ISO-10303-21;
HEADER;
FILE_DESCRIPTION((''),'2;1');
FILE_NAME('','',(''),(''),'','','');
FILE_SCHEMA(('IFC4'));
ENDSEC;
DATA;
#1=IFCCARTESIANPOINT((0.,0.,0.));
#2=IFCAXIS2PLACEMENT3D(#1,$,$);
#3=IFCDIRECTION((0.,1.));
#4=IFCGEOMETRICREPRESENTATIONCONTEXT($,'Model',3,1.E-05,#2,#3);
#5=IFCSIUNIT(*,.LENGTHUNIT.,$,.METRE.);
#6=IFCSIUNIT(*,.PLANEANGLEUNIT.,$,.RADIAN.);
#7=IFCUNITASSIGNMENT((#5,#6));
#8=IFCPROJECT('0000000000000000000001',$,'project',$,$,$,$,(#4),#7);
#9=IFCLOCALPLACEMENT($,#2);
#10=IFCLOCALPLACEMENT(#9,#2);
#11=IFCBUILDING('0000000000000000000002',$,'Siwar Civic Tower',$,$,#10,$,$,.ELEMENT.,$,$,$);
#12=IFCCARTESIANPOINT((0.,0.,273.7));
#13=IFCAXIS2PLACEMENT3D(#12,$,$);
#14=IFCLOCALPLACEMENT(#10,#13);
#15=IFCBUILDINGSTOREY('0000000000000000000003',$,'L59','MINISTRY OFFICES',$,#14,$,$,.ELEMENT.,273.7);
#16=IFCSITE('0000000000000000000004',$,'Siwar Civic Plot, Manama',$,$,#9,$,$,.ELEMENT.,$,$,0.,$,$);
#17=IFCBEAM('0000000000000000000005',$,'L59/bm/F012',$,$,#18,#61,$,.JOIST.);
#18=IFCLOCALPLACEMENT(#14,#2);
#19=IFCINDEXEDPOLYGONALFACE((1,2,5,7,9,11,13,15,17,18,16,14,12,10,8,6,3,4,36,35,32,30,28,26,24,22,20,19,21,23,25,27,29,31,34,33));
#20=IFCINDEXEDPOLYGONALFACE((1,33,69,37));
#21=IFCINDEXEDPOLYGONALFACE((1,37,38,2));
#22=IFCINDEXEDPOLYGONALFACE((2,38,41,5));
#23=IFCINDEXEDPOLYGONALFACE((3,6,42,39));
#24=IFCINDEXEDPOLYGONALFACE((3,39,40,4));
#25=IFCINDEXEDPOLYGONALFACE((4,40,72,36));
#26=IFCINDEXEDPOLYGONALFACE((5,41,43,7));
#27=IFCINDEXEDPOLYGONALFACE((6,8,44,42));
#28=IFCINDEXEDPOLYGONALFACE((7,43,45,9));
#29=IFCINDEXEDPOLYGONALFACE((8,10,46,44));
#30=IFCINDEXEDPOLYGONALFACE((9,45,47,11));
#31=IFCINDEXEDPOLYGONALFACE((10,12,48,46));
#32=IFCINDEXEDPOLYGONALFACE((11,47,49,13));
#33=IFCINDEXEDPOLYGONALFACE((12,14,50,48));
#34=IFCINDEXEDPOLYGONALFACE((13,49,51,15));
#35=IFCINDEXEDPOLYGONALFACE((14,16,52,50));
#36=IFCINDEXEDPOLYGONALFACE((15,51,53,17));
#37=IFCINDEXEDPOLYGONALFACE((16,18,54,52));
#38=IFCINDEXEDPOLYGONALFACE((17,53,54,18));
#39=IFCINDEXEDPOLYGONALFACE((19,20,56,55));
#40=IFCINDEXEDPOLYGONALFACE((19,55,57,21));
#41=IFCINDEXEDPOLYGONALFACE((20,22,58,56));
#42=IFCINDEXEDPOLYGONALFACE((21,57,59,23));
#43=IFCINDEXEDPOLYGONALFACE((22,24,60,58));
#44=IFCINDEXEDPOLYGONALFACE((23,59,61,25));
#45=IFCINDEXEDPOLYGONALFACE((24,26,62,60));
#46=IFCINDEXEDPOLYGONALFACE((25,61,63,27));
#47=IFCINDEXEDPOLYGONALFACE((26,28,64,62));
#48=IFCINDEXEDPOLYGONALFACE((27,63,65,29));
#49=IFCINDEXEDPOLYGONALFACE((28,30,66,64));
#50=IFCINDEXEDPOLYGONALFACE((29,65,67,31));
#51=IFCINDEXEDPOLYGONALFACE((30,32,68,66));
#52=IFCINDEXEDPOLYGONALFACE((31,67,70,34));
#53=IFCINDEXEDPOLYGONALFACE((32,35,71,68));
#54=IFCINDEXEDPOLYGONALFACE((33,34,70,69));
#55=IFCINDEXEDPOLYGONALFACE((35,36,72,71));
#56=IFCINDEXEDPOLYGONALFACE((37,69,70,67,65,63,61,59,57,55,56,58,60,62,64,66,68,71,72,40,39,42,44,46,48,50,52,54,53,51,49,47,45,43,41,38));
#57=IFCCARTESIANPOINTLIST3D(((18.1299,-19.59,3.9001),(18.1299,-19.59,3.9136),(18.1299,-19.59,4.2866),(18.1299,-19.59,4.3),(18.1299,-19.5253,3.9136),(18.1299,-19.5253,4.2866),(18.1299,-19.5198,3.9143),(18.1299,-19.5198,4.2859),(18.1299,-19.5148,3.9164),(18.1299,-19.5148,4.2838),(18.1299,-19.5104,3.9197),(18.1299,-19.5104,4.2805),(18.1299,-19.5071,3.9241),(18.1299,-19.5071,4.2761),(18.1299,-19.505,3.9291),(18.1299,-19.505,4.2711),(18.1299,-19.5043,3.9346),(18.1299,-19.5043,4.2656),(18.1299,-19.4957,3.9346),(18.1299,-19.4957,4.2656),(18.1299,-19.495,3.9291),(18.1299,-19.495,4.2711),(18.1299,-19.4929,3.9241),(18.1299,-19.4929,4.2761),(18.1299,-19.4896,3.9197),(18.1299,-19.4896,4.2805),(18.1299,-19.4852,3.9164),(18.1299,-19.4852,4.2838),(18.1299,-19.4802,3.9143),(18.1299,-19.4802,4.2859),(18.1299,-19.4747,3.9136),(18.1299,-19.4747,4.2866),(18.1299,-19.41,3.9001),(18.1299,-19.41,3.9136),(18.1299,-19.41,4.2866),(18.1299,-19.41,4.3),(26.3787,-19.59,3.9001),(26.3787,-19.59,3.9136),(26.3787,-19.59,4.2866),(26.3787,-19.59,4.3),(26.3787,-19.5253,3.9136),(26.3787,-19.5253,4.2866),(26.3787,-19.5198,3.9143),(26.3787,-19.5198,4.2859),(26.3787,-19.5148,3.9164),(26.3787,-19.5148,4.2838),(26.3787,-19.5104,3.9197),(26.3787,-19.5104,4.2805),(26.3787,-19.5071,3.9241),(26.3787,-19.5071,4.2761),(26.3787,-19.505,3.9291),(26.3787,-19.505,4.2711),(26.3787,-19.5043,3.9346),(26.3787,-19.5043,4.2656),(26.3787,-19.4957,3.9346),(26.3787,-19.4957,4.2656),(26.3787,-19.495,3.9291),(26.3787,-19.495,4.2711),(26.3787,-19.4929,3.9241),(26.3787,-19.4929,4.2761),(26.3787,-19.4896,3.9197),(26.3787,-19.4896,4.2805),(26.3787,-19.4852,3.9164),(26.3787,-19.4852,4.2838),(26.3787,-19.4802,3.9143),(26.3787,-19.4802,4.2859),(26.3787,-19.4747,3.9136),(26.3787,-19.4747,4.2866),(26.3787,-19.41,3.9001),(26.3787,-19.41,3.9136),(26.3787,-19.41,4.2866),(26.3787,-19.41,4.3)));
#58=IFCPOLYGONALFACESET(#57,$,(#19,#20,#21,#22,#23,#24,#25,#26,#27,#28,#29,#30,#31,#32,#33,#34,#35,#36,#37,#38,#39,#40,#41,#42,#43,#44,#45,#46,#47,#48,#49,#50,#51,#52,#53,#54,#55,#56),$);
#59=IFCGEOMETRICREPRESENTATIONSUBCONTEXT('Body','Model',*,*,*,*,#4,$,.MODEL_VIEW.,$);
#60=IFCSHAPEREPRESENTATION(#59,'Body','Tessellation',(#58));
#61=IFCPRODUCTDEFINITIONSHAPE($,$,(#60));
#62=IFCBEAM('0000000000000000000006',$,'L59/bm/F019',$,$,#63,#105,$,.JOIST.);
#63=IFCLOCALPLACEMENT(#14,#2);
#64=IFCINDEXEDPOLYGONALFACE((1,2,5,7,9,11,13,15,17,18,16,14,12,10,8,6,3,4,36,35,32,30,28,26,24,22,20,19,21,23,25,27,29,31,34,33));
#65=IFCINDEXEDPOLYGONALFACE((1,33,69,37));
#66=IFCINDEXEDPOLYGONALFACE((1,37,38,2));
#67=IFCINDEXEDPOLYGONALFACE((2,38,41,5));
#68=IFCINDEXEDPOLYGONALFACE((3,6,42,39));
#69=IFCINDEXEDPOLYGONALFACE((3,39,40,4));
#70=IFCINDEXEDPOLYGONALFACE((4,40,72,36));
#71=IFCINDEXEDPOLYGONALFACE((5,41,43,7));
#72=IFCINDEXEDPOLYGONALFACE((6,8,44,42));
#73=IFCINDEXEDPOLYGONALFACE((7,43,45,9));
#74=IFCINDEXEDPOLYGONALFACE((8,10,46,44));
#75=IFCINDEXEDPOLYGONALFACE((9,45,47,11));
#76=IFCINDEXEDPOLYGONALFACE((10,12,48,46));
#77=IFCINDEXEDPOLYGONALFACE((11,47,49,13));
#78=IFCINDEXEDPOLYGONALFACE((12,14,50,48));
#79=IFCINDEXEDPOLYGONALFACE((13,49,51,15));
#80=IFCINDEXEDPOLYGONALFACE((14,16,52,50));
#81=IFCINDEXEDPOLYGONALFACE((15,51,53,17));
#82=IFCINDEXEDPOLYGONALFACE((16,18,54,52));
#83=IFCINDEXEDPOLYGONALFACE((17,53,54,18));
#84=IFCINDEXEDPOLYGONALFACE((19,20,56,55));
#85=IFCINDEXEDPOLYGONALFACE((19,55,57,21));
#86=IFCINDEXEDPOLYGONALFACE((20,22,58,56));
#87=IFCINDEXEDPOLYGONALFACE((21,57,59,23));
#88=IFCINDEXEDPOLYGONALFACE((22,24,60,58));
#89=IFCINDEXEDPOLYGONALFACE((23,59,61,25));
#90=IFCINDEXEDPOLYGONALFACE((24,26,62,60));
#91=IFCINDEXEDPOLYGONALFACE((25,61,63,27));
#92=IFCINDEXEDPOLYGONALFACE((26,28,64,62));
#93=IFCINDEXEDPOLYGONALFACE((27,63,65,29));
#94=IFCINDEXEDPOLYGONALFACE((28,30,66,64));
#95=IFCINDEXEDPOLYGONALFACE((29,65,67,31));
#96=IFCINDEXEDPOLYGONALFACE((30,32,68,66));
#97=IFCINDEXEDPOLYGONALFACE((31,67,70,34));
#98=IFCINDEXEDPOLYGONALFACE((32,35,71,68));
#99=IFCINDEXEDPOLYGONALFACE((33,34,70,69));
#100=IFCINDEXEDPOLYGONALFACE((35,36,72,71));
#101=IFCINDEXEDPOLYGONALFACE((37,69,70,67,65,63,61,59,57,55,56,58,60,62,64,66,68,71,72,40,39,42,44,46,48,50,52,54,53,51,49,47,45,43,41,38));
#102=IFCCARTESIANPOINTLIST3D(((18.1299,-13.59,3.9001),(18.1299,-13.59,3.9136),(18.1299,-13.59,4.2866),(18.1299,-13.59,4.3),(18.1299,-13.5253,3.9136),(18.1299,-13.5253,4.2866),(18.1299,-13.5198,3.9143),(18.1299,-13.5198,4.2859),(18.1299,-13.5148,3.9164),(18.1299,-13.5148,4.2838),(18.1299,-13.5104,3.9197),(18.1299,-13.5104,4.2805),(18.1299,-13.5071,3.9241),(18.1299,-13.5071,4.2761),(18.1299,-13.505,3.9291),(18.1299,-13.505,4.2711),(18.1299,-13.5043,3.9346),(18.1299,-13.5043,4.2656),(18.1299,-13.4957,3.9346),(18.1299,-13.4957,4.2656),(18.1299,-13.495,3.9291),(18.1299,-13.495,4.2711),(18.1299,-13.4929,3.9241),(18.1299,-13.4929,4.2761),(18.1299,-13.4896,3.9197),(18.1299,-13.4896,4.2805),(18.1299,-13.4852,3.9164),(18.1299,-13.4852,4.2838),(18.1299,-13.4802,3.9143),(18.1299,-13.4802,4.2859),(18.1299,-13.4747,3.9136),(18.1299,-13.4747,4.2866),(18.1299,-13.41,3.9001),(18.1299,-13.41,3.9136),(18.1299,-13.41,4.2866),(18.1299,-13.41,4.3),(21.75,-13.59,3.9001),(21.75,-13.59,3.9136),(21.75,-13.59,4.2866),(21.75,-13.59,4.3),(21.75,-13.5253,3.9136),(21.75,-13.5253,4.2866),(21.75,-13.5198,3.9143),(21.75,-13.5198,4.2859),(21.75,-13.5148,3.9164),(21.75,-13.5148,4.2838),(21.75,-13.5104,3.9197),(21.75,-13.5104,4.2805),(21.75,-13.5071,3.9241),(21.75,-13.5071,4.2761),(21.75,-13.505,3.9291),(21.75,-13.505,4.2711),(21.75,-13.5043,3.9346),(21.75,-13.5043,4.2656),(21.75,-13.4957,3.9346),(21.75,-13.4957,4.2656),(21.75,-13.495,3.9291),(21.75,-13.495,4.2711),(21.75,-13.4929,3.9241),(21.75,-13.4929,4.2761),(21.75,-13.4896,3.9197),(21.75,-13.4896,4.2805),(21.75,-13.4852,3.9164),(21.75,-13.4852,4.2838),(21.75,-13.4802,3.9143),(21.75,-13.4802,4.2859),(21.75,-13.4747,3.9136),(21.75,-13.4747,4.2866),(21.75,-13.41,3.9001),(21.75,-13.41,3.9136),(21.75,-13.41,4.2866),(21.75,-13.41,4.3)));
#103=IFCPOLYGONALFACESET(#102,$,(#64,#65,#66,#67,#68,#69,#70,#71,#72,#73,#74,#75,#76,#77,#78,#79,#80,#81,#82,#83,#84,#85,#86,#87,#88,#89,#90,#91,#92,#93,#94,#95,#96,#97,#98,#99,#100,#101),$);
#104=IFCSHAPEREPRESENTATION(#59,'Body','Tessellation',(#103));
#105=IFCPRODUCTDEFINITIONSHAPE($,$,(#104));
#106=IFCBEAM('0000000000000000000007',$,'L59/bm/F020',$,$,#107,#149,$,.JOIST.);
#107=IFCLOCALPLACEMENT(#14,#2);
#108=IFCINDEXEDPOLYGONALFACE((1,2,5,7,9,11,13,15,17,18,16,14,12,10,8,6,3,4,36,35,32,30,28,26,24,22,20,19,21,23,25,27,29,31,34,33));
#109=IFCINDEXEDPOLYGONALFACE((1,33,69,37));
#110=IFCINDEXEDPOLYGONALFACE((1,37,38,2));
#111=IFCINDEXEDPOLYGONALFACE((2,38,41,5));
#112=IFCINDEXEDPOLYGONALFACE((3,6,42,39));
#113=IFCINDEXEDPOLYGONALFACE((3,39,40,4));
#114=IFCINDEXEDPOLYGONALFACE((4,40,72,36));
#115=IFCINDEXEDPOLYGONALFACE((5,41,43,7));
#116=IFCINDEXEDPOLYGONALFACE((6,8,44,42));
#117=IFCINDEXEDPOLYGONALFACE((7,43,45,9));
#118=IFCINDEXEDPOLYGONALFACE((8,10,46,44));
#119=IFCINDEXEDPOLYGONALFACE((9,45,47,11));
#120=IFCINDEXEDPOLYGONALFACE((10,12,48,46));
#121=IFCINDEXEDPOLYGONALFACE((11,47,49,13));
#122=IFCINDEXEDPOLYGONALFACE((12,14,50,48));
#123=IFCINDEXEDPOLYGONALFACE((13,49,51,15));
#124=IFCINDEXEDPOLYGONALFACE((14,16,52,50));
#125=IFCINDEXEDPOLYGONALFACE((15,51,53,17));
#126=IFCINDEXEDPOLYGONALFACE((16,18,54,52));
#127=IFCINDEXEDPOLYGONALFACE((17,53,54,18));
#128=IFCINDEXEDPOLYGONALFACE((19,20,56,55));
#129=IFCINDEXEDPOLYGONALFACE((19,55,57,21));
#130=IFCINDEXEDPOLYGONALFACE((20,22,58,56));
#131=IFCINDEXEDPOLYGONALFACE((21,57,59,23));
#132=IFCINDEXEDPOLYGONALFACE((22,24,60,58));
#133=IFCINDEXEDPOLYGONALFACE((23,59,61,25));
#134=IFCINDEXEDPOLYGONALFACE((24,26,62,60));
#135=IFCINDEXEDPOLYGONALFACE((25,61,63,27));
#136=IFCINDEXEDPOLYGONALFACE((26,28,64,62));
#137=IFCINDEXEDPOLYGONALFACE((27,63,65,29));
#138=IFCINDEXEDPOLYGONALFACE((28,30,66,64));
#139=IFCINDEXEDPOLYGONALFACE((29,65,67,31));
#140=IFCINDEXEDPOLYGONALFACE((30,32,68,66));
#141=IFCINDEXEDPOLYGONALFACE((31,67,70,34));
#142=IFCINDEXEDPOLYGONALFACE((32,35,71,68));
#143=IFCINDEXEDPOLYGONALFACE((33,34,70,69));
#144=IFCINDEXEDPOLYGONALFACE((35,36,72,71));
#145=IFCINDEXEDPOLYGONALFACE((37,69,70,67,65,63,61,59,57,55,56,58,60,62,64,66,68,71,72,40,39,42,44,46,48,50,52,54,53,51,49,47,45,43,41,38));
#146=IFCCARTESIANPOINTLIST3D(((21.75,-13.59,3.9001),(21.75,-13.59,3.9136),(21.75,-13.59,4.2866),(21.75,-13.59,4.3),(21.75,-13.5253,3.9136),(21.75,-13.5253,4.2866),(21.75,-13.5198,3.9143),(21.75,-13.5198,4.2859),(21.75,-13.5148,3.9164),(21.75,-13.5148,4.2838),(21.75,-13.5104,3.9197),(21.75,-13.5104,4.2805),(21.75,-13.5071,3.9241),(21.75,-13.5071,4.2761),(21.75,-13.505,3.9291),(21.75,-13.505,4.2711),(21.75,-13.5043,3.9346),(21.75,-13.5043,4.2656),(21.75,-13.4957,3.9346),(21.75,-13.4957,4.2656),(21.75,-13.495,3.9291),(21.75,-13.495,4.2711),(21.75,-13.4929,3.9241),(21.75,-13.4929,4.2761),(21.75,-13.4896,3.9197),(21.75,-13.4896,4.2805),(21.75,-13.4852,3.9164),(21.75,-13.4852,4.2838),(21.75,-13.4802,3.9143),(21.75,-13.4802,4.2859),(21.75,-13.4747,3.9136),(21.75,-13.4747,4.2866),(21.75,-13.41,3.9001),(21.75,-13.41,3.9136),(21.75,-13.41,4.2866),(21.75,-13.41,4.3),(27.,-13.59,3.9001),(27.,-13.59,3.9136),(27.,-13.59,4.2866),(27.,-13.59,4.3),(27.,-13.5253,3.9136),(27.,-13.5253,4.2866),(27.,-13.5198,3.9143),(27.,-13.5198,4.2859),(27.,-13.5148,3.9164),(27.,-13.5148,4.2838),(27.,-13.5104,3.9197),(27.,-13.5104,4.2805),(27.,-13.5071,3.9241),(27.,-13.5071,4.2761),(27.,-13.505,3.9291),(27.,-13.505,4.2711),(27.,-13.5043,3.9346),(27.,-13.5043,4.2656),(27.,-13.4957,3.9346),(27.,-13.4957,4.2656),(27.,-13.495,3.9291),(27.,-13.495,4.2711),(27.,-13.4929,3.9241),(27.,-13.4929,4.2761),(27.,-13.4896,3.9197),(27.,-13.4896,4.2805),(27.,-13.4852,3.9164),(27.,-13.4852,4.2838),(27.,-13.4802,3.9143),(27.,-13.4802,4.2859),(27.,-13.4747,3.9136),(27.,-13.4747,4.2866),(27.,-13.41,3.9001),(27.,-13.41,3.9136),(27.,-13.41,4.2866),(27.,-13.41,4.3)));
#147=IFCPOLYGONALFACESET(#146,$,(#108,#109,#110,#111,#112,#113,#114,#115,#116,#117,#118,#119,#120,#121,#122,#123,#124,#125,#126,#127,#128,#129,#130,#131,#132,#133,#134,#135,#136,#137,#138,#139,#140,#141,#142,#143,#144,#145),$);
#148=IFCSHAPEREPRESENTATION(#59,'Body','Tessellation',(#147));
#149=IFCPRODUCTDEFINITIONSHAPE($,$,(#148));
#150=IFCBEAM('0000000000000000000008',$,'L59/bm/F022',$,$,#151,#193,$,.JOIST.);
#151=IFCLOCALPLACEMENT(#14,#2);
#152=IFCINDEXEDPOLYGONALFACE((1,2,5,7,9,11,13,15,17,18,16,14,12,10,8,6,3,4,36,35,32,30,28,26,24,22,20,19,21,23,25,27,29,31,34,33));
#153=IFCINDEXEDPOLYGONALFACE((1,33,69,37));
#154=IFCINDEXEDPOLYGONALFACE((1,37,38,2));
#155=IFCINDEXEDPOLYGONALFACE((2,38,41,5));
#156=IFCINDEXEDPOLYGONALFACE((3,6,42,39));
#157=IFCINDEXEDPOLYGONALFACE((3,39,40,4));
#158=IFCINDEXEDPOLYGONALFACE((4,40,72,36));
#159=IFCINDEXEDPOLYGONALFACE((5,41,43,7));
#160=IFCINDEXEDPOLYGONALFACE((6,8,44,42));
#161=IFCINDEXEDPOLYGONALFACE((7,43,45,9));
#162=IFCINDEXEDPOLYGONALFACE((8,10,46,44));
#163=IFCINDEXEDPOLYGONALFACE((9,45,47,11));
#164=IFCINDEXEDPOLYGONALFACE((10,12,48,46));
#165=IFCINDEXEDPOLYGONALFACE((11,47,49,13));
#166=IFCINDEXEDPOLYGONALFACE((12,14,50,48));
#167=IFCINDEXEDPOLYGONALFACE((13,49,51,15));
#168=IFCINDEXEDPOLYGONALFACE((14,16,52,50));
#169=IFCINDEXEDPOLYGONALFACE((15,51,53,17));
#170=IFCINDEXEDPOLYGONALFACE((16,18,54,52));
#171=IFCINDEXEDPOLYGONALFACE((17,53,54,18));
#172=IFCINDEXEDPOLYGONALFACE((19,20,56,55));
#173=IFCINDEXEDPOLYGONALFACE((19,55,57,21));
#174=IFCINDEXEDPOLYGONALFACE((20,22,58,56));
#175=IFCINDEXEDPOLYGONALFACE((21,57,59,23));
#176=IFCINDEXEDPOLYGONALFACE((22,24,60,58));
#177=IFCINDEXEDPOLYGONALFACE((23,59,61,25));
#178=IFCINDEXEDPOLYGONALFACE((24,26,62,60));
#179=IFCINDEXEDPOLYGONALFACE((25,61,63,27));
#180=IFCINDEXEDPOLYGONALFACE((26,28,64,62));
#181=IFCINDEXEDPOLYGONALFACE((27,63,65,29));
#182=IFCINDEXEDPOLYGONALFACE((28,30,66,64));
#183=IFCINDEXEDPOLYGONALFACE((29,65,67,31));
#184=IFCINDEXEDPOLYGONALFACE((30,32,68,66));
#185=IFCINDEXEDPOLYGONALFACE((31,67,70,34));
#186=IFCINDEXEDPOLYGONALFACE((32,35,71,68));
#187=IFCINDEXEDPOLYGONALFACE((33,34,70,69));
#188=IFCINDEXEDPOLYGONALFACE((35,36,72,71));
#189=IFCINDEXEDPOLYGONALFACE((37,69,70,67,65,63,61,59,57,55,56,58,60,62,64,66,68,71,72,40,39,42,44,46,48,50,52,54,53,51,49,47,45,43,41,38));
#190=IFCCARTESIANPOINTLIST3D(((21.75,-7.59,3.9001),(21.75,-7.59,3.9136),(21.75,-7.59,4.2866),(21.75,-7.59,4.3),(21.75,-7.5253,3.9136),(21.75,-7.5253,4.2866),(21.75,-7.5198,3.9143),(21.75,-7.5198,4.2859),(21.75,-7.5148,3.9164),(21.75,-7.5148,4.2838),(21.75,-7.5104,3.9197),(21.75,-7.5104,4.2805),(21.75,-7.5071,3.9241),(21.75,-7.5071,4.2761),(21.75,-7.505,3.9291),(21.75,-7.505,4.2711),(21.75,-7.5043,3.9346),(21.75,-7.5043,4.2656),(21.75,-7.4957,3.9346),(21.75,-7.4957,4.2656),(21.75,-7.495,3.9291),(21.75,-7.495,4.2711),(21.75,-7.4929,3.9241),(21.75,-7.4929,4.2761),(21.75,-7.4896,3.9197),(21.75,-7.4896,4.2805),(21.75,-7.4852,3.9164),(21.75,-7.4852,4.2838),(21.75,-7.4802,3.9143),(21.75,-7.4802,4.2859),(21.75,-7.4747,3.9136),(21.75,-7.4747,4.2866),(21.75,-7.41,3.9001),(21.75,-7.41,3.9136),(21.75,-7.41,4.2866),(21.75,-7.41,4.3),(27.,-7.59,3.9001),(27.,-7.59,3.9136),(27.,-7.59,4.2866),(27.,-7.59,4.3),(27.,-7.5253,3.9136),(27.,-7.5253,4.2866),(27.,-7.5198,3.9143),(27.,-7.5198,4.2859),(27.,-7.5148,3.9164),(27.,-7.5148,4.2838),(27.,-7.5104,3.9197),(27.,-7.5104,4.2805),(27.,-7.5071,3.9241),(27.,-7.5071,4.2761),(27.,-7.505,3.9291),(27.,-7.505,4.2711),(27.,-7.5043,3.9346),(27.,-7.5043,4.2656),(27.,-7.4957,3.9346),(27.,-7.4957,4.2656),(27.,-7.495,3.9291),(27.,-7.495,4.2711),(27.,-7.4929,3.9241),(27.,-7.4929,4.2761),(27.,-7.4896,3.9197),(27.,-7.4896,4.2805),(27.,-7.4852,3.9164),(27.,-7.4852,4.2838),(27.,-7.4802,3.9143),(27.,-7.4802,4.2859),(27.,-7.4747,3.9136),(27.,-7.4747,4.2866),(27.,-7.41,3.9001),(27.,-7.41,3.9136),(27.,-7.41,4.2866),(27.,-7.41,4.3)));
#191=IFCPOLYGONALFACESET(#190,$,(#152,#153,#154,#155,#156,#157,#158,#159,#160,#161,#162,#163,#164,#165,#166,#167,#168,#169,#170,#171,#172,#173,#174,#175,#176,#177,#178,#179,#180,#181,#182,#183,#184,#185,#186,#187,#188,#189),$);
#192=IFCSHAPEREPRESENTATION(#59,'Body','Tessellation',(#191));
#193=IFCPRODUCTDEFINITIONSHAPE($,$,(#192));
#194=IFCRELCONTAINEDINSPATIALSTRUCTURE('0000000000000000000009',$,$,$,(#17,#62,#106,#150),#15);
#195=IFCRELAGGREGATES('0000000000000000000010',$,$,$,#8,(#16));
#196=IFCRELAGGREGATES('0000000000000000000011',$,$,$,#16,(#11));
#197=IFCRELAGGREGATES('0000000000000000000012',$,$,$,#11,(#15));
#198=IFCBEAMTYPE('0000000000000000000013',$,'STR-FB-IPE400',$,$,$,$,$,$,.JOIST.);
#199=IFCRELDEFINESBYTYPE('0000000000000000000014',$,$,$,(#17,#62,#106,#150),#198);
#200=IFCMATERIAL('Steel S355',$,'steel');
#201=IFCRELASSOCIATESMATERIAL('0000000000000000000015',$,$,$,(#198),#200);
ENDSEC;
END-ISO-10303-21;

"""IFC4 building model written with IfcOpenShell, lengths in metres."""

from ifc_helpers import new_model, si_unit, direction, frame, origin, origin_2d, place, context, subcontext, project, spatial, i_section, extrude, material, material_profile, profile_set, type_object, element, save


model = new_model("IFC4")

# Units and contexts
model_context = context("Model", 3, precision=1e-05, world=origin(), true_north=direction((0.0, 1.0)))
body_context = subcontext(model_context, "Body", "Model", "MODEL_VIEW")
ifc_project = project(units=[si_unit("LENGTHUNIT", "METRE"), si_unit("PLANEANGLEUNIT", "RADIAN")], contexts=[model_context])

# Site, building, storey
site_placement = place(None, origin())
site = spatial("IfcSite", under=ifc_project, at=site_placement, Name="Siwar Civic Plot, Manama", CompositionType="ELEMENT", RefElevation=0.0)
building_placement = place(site_placement, origin())
building = spatial("IfcBuilding", under=site, at=building_placement, Name="Siwar Civic Tower", CompositionType="ELEMENT")
storey_placement = place(building_placement, frame((0.0, 0.0, 273.7)))
storey = spatial("IfcBuildingStorey", under=building, at=storey_placement, Name="L59", Description="MINISTRY OFFICES", CompositionType="ELEMENT", Elevation=273.7)

# Beams
ifc_material_1 = material(Name="Steel S355", Category="steel")
ifc_material_profile_1 = material_profile(ifc_material_1, i_section(OverallWidth=0.1799, OverallDepth=0.3999, WebThickness=0.0085, FlangeThickness=0.0134, FilletRadius=0.021, at=origin_2d()), Name="IPE400")
ifc_profile_set_1 = profile_set([ifc_material_profile_1], Name="Steel S355")
beam_type_1 = type_object("IfcBeamType", Name="STR-FB-IPE400", PredefinedType="JOIST", material=ifc_profile_set_1)
beam_1_placement = place(storey_placement, frame((18.1299, -19.5, 4.1001), z_axis=(1.0, 0.0, 0.0), x_axis=(0.0, 1.0, 0.0)))
element("IfcBeam", 1, at=beam_1_placement, inside=storey, type_object=beam_type_1, Name="L59/bm/F012", PredefinedType="JOIST", context=body_context, shape_type="SweptSolid", body=[
    extrude(i_section(OverallWidth=0.1799, OverallDepth=0.3999, WebThickness=0.0085, FlangeThickness=0.0134, FilletRadius=0.021, at=origin_2d()), origin(), (0.0, 0.0, 1.0), 8.2488),
])
beam_2_placement = place(storey_placement, frame((18.1299, -13.5, 4.1001), z_axis=(1.0, 0.0, 0.0), x_axis=(0.0, 1.0, 0.0)))
element("IfcBeam", 2, at=beam_2_placement, inside=storey, type_object=beam_type_1, Name="L59/bm/F019", PredefinedType="JOIST", context=body_context, shape_type="SweptSolid", body=[
    extrude(i_section(OverallWidth=0.1799, OverallDepth=0.3999, WebThickness=0.0085, FlangeThickness=0.0134, FilletRadius=0.021, at=origin_2d()), origin(), (0.0, 0.0, 1.0), 3.6201),
])
for number, where, z_axis, x_axis, name in (
    (3, (21.75, -13.5, 4.1001), (1.0, 0.0, 0.0), (0.0, 1.0, 0.0), "L59/bm/F020"),
    (4, (21.75, -7.5, 4.1001), (1.0, 0.0, 0.0), (0.0, 1.0, 0.0), "L59/bm/F022"),
):
    element("IfcBeam", number, at=place(storey_placement, frame(where, z_axis=z_axis, x_axis=x_axis)), inside=storey, type_object=beam_type_1, Name=name, PredefinedType="JOIST", context=body_context, shape_type="SweptSolid", body=[
        extrude(i_section(OverallWidth=0.1799, OverallDepth=0.3999, WebThickness=0.0085, FlangeThickness=0.0134, FilletRadius=0.021, at=origin_2d()), origin(), (0.0, 0.0, 1.0), 5.25),
    ])

save(model, "model.ifc")
